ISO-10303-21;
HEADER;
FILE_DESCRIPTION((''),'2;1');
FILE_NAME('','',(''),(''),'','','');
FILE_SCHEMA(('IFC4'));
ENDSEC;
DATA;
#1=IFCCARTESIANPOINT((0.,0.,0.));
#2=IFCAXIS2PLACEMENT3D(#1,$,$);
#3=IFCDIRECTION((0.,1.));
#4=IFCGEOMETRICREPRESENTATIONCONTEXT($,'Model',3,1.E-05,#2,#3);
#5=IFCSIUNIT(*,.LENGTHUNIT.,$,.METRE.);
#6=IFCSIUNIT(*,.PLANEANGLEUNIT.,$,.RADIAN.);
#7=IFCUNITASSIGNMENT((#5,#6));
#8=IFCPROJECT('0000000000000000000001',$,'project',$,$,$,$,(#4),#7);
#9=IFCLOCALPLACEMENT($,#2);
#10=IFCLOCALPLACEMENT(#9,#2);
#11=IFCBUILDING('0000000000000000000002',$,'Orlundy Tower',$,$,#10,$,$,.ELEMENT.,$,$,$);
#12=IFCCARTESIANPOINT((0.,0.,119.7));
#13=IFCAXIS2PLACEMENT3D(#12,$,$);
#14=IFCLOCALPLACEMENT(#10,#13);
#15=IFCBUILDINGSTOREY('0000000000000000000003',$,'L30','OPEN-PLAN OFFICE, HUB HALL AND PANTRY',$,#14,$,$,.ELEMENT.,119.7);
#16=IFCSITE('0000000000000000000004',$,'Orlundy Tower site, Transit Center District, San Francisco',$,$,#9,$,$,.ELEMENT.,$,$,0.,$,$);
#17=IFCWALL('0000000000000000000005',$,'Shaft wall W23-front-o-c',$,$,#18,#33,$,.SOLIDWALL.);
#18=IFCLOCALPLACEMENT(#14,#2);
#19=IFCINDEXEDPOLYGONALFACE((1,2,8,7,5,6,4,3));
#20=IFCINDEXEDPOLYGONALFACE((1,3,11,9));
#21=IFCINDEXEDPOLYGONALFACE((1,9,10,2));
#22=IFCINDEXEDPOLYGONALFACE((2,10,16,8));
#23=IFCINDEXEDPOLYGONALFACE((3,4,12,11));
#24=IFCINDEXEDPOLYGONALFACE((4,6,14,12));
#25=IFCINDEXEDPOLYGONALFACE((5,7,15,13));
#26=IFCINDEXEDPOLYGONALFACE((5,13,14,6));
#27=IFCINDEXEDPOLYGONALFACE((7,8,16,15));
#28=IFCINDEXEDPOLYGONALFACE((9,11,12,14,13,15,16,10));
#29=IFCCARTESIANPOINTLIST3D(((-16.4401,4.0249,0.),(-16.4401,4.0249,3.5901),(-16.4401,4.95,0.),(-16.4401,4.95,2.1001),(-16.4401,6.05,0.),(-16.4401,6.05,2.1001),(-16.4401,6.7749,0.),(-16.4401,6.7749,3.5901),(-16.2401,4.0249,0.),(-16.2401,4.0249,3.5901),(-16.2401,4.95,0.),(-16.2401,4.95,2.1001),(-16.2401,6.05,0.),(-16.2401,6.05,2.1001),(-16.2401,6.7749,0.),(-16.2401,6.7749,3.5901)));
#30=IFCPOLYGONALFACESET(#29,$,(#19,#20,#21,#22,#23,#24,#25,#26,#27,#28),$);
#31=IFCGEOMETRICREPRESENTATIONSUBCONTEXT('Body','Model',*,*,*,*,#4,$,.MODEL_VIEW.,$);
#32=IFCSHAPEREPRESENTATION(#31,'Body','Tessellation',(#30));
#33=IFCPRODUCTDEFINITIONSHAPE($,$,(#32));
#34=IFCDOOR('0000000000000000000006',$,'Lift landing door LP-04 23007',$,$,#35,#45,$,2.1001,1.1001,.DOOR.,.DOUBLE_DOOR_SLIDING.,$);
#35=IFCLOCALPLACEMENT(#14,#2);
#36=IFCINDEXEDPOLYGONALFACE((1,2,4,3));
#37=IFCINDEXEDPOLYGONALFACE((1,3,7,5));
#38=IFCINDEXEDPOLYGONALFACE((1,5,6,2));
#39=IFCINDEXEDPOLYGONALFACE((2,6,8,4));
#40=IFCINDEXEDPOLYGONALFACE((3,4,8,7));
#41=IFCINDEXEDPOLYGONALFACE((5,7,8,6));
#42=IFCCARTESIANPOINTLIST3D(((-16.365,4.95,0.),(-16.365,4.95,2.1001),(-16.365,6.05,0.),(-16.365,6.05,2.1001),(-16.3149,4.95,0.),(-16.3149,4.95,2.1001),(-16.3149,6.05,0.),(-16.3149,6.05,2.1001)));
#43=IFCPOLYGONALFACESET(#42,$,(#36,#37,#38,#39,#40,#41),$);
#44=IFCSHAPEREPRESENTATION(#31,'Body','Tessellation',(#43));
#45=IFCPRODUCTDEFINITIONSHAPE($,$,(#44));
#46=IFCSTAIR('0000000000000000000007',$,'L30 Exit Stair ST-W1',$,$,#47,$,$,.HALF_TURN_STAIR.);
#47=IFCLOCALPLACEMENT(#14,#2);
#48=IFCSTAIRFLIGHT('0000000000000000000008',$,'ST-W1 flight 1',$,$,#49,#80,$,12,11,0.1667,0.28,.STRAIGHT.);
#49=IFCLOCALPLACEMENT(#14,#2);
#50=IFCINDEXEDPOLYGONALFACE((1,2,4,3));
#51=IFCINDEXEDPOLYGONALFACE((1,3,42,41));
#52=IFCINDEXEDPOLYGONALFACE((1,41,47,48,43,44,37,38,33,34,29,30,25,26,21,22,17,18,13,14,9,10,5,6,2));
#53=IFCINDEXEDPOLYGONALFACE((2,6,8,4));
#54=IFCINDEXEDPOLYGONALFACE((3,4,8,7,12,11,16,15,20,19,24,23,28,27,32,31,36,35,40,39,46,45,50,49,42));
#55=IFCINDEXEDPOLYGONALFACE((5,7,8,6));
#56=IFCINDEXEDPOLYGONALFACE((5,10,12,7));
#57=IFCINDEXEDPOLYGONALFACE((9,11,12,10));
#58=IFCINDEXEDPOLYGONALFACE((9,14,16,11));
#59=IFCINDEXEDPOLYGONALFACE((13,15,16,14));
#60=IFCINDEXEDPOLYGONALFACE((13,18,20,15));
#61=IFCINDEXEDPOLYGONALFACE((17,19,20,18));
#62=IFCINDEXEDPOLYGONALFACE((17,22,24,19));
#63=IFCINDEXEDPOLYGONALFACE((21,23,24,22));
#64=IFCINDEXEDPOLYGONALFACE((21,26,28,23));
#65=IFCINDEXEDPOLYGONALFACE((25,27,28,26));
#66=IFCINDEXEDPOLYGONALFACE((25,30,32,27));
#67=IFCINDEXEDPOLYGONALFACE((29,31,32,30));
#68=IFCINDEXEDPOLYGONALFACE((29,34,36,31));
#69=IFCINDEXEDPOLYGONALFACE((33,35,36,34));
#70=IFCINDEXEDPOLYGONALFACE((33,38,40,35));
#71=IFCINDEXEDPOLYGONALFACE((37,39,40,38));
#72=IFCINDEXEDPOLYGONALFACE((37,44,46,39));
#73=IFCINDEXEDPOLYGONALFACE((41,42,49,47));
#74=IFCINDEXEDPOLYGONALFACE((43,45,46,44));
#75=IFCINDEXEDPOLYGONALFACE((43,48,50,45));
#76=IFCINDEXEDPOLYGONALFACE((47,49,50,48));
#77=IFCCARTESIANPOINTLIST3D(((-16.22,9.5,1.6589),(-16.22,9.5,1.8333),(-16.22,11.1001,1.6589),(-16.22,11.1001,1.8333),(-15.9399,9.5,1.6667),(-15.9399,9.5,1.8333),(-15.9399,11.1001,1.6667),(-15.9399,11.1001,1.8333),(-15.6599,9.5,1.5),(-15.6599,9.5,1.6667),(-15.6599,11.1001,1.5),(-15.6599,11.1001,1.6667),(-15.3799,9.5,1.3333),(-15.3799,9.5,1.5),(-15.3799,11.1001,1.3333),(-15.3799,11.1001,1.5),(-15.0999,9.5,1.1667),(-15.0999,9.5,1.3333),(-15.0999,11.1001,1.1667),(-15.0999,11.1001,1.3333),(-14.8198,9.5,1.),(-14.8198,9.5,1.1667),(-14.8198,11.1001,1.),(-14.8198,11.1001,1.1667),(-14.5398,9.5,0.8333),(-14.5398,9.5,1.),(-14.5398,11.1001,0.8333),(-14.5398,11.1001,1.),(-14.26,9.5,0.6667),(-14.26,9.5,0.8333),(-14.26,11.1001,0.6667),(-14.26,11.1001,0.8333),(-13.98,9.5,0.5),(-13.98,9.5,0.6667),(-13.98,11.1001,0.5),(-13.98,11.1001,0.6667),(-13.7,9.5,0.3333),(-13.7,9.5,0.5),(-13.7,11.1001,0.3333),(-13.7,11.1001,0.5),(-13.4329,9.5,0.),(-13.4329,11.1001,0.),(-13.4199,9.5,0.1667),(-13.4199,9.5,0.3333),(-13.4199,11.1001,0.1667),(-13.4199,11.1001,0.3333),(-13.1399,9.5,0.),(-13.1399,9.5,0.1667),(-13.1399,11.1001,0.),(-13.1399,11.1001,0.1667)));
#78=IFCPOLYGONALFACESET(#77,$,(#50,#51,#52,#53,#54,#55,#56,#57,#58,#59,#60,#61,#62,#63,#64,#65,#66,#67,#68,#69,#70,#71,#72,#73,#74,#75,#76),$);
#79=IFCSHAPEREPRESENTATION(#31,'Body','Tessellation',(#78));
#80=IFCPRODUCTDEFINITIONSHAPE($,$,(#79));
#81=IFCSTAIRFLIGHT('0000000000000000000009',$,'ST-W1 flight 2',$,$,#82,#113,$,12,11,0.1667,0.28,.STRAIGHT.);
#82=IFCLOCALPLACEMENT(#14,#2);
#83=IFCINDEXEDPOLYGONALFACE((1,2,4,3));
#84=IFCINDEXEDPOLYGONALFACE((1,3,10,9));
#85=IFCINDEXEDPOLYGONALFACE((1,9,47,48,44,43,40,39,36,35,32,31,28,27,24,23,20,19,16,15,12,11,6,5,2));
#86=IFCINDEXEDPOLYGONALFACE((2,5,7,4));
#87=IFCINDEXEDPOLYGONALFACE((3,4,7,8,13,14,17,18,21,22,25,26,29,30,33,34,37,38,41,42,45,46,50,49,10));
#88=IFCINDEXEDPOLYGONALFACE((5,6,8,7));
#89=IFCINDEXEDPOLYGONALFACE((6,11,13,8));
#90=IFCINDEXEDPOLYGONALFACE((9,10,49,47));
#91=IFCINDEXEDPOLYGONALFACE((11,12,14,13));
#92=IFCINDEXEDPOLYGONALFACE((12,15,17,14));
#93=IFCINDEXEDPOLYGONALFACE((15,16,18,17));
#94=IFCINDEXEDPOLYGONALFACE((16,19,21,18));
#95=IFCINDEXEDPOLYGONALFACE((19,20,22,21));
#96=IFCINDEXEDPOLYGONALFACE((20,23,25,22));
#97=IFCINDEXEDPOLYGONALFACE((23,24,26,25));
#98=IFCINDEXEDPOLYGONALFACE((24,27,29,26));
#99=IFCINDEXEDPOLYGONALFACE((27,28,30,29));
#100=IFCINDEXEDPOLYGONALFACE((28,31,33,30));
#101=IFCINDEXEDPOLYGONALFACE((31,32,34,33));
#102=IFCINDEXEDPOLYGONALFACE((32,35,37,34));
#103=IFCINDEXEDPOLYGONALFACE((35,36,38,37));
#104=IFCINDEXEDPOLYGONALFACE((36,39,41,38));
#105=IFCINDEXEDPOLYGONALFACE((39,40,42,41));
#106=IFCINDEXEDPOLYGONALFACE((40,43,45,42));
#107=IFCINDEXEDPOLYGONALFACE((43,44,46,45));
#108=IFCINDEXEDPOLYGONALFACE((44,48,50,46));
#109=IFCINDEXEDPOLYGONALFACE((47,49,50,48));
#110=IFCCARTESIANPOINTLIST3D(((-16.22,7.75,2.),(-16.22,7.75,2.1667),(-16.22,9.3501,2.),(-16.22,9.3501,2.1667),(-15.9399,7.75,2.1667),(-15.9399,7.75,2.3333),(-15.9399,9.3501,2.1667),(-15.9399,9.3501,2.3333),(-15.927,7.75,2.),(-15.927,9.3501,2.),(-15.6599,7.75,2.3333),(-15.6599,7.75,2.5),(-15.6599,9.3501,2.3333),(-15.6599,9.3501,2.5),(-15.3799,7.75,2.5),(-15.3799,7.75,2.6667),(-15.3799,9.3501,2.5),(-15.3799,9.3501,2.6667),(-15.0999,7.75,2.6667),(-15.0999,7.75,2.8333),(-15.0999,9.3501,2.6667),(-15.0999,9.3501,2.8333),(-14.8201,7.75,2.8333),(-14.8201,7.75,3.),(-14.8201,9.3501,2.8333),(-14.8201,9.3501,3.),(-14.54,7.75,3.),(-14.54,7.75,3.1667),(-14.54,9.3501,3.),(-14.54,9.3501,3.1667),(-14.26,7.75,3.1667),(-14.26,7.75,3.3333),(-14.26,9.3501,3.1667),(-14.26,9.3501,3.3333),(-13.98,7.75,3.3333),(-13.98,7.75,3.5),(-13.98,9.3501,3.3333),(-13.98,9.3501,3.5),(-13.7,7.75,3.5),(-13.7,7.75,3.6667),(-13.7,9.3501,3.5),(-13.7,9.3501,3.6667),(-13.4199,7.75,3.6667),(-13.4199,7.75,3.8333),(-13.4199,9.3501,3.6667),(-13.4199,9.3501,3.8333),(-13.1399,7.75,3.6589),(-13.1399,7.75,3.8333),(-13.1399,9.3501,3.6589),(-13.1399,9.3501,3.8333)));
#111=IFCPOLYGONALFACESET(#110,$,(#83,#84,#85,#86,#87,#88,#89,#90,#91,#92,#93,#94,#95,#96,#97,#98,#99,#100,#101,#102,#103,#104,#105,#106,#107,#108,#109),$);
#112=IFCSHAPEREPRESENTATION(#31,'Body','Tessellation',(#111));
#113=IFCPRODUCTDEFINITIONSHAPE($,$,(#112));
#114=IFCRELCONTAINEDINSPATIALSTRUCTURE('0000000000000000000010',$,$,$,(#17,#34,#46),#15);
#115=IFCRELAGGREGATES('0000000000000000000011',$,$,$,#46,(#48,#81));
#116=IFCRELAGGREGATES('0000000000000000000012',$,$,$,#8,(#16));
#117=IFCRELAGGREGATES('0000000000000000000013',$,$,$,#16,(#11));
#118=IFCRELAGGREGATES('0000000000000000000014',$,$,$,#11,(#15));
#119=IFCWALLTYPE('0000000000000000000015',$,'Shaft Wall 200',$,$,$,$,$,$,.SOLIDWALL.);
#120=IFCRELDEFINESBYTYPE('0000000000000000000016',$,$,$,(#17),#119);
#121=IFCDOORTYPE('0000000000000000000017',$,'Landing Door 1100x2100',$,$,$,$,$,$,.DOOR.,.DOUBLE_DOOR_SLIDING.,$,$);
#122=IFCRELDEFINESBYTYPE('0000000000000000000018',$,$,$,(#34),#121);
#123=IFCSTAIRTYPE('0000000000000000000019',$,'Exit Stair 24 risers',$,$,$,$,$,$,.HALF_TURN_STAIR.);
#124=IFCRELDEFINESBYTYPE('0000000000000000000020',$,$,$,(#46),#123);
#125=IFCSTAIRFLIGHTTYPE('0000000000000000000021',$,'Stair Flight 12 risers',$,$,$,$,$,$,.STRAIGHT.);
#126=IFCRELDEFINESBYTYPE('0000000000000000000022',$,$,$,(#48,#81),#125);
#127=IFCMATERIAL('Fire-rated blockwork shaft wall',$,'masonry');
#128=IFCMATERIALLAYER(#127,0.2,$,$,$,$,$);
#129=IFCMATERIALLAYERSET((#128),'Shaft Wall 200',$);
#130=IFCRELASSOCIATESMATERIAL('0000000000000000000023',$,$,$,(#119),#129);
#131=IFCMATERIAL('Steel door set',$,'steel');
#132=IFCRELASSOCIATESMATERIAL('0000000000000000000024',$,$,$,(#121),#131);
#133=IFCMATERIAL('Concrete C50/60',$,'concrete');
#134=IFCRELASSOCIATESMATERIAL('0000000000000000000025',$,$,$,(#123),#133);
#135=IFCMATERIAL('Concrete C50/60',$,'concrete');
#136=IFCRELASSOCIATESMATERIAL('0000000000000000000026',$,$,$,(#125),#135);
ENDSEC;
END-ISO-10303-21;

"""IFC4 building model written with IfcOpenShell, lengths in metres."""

from ifc_helpers import new_model, si_unit, direction, frame, frame_2d, origin, place, context, subcontext, project, spatial, polyline, rectangle, outline, extrude, material, layer, layer_set, type_object, element, fill, aggregate, save


model = new_model("IFC4")

# Units and contexts
model_context = context("Model", 3, precision=1e-05, world=origin(), true_north=direction((0.0, 1.0)))
body_context = subcontext(model_context, "Body", "Model", "MODEL_VIEW")
ifc_project = project(units=[si_unit("LENGTHUNIT", "METRE"), si_unit("PLANEANGLEUNIT", "RADIAN")], contexts=[model_context])

# Site, building, storey
site_placement = place(None, origin())
site = spatial("IfcSite", under=ifc_project, at=site_placement, Name="Orlundy Tower site, Transit Center District, San Francisco", CompositionType="ELEMENT", RefElevation=0.0)
building_placement = place(site_placement, origin())
building = spatial("IfcBuilding", under=site, at=building_placement, Name="Orlundy Tower", CompositionType="ELEMENT")
storey_placement = place(building_placement, frame((0.0, 0.0, 119.7)))
storey = spatial("IfcBuildingStorey", under=building, at=storey_placement, Name="L30", Description="OPEN-PLAN OFFICE, HUB HALL AND PANTRY", CompositionType="ELEMENT", Elevation=119.7)

# Shared definitions
ifc_material_1 = material(Name="Fire-rated blockwork shaft wall", Category="masonry")
ifc_layer_1 = layer(ifc_material_1, 0.2)
ifc_layer_set_1 = layer_set([ifc_layer_1], Name="Shaft Wall 200")
wall_type_1 = type_object("IfcWallType", Name="Shaft Wall 200", PredefinedType="SOLIDWALL", material=ifc_layer_set_1)

# Wall, opening, door
wall_1_placement = place(storey_placement, frame((-16.3401, 4.0249, 0.0), z_axis=(0.0, 0.0, 1.0), x_axis=(0.0, 1.0, 0.0)))
wall_1 = element("IfcWall", 1, at=wall_1_placement, inside=storey, type_object=wall_type_1, Name="Shaft wall W23-front-o-c", PredefinedType="SOLIDWALL", context=body_context, shape_type="SweptSolid", body=[
    extrude(rectangle(XDim=2.75, YDim=0.2, at=frame_2d((1.375, 0.0))), origin(), (0.0, 0.0, 1.0), 3.5901),
])
opening_1_placement = place(wall_1_placement, frame((0.925, 0.0, 0.0)))
opening_1 = element("IfcOpeningElement", 2, at=opening_1_placement, cuts=wall_1, PredefinedType="OPENING", context=body_context, shape_type="SweptSolid", body=[
    extrude(rectangle(XDim=1.1001, YDim=2.1001, at=frame_2d((0.55, 1.05))), frame((0.0, 0.1101, 0.0), z_axis=(0.0, -1.0, 0.0), x_axis=(1.0, 0.0, 0.0)), (0.0, 0.0, 1.0), 0.2202),
])
ifc_material_2 = material(Name="Steel door set", Category="steel")
door_type_1 = type_object("IfcDoorType", Name="Landing Door 1100x2100", OperationType="DOUBLE_DOOR_SLIDING", PredefinedType="DOOR", material=ifc_material_2)
door_1_placement = place(opening_1_placement, origin())
door_1 = element("IfcDoor", 3, at=door_1_placement, inside=storey, type_object=door_type_1, Name="Lift landing door LP-04 23007", OperationType="DOUBLE_DOOR_SLIDING", OverallHeight=2.1001, OverallWidth=1.1001, PredefinedType="DOOR", context=body_context, shape_type="SweptSolid", body=[
    extrude(rectangle(XDim=1.1001, YDim=2.1001, at=frame_2d((0.55, 1.05))), frame((0.0, 0.0249, 0.0), z_axis=(0.0, -1.0, 0.0), x_axis=(1.0, 0.0, 0.0)), (0.0, 0.0, 1.0), 0.05),
])
fill(opening_1, door_1)

# Stair, stair flights
ifc_material_3 = material(Name="Concrete C50/60", Category="concrete")
stair_type = type_object("IfcStairType", Name="Exit Stair 24 risers", PredefinedType="HALF_TURN_STAIR", material=ifc_material_3)
stair_placement = place(storey_placement, origin())
stair = element("IfcStair", 4, at=stair_placement, inside=storey, type_object=stair_type, Name="L30 Exit Stair ST-W1", PredefinedType="HALF_TURN_STAIR")
ifc_material_4 = material(Name="Concrete C50/60", Category="concrete")
stair_flight_type = type_object("IfcStairFlightType", Name="Stair Flight 12 risers", PredefinedType="STRAIGHT", material=ifc_material_4)
stair_flight_1_placement = place(storey_placement, frame((-13.1399, 10.3, 0.0), z_axis=(0.0, 0.0, 1.0), x_axis=(-1.0, 0.0, 0.0)))
stair_flight_1 = element("IfcStairFlight", 5, at=stair_flight_1_placement, type_object=stair_flight_type, Name="ST-W1 flight 1", NumberOfRisers=12, NumberOfTreads=11, PredefinedType="STRAIGHT", RiserHeight=0.1667, TreadLength=0.28, context=body_context, shape_type="SweptSolid", body=[
    extrude(outline(polyline([(0.0, 0.0), (0.0, 0.1667), (0.28, 0.1667), (0.28, 0.3333), (0.5601, 0.3333), (0.5601, 0.5), (0.8401, 0.5), (0.8401, 0.6667), (1.1201, 0.6667), (1.1201, 0.8333), (1.3999, 0.8333), (1.3999, 1.0), (1.6799, 1.0), (1.6799, 1.1667), (1.96, 1.1667), (1.96, 1.3333), (2.24, 1.3333), (2.24, 1.5), (2.52, 1.5), (2.52, 1.6667), (2.8, 1.6667), (2.8, 1.8333), (3.0801, 1.8333), (3.0801, 2.0), (3.0801, 1.6589), (0.293, 0.0), (0.0, 0.0)])), frame((0.0, 0.8, 0.0), z_axis=(0.0, -1.0, 0.0), x_axis=(1.0, 0.0, 0.0)), (0.0, 0.0, 1.0), 1.6001),
])
stair_flight_2_placement = place(storey_placement, frame((-16.22, 8.55, 2.0), z_axis=(0.0, 0.0, 1.0), x_axis=(1.0, 0.0, 0.0)))
stair_flight_2 = element("IfcStairFlight", 6, at=stair_flight_2_placement, type_object=stair_flight_type, Name="ST-W1 flight 2", NumberOfRisers=12, NumberOfTreads=11, PredefinedType="STRAIGHT", RiserHeight=0.1667, TreadLength=0.28, context=body_context, shape_type="SweptSolid", body=[
    extrude(outline(polyline([(0.0, 0.0), (0.0, 0.1667), (0.28, 0.1667), (0.28, 0.3333), (0.5601, 0.3333), (0.5601, 0.5), (0.8401, 0.5), (0.8401, 0.6667), (1.1201, 0.6667), (1.1201, 0.8333), (1.3999, 0.8333), (1.3999, 1.0), (1.6799, 1.0), (1.6799, 1.1667), (1.96, 1.1667), (1.96, 1.3333), (2.24, 1.3333), (2.24, 1.5), (2.52, 1.5), (2.52, 1.6667), (2.8, 1.6667), (2.8, 1.8333), (3.0801, 1.8333), (3.0801, 2.0), (3.0801, 1.6589), (0.293, 0.0), (0.0, 0.0)])), frame((0.0, 0.8, 0.0), z_axis=(0.0, -1.0, 0.0), x_axis=(1.0, 0.0, 0.0)), (0.0, 0.0, 1.0), 1.6001),
])
aggregate(stair, [stair_flight_1, stair_flight_2])

save(model, "model.ifc")
